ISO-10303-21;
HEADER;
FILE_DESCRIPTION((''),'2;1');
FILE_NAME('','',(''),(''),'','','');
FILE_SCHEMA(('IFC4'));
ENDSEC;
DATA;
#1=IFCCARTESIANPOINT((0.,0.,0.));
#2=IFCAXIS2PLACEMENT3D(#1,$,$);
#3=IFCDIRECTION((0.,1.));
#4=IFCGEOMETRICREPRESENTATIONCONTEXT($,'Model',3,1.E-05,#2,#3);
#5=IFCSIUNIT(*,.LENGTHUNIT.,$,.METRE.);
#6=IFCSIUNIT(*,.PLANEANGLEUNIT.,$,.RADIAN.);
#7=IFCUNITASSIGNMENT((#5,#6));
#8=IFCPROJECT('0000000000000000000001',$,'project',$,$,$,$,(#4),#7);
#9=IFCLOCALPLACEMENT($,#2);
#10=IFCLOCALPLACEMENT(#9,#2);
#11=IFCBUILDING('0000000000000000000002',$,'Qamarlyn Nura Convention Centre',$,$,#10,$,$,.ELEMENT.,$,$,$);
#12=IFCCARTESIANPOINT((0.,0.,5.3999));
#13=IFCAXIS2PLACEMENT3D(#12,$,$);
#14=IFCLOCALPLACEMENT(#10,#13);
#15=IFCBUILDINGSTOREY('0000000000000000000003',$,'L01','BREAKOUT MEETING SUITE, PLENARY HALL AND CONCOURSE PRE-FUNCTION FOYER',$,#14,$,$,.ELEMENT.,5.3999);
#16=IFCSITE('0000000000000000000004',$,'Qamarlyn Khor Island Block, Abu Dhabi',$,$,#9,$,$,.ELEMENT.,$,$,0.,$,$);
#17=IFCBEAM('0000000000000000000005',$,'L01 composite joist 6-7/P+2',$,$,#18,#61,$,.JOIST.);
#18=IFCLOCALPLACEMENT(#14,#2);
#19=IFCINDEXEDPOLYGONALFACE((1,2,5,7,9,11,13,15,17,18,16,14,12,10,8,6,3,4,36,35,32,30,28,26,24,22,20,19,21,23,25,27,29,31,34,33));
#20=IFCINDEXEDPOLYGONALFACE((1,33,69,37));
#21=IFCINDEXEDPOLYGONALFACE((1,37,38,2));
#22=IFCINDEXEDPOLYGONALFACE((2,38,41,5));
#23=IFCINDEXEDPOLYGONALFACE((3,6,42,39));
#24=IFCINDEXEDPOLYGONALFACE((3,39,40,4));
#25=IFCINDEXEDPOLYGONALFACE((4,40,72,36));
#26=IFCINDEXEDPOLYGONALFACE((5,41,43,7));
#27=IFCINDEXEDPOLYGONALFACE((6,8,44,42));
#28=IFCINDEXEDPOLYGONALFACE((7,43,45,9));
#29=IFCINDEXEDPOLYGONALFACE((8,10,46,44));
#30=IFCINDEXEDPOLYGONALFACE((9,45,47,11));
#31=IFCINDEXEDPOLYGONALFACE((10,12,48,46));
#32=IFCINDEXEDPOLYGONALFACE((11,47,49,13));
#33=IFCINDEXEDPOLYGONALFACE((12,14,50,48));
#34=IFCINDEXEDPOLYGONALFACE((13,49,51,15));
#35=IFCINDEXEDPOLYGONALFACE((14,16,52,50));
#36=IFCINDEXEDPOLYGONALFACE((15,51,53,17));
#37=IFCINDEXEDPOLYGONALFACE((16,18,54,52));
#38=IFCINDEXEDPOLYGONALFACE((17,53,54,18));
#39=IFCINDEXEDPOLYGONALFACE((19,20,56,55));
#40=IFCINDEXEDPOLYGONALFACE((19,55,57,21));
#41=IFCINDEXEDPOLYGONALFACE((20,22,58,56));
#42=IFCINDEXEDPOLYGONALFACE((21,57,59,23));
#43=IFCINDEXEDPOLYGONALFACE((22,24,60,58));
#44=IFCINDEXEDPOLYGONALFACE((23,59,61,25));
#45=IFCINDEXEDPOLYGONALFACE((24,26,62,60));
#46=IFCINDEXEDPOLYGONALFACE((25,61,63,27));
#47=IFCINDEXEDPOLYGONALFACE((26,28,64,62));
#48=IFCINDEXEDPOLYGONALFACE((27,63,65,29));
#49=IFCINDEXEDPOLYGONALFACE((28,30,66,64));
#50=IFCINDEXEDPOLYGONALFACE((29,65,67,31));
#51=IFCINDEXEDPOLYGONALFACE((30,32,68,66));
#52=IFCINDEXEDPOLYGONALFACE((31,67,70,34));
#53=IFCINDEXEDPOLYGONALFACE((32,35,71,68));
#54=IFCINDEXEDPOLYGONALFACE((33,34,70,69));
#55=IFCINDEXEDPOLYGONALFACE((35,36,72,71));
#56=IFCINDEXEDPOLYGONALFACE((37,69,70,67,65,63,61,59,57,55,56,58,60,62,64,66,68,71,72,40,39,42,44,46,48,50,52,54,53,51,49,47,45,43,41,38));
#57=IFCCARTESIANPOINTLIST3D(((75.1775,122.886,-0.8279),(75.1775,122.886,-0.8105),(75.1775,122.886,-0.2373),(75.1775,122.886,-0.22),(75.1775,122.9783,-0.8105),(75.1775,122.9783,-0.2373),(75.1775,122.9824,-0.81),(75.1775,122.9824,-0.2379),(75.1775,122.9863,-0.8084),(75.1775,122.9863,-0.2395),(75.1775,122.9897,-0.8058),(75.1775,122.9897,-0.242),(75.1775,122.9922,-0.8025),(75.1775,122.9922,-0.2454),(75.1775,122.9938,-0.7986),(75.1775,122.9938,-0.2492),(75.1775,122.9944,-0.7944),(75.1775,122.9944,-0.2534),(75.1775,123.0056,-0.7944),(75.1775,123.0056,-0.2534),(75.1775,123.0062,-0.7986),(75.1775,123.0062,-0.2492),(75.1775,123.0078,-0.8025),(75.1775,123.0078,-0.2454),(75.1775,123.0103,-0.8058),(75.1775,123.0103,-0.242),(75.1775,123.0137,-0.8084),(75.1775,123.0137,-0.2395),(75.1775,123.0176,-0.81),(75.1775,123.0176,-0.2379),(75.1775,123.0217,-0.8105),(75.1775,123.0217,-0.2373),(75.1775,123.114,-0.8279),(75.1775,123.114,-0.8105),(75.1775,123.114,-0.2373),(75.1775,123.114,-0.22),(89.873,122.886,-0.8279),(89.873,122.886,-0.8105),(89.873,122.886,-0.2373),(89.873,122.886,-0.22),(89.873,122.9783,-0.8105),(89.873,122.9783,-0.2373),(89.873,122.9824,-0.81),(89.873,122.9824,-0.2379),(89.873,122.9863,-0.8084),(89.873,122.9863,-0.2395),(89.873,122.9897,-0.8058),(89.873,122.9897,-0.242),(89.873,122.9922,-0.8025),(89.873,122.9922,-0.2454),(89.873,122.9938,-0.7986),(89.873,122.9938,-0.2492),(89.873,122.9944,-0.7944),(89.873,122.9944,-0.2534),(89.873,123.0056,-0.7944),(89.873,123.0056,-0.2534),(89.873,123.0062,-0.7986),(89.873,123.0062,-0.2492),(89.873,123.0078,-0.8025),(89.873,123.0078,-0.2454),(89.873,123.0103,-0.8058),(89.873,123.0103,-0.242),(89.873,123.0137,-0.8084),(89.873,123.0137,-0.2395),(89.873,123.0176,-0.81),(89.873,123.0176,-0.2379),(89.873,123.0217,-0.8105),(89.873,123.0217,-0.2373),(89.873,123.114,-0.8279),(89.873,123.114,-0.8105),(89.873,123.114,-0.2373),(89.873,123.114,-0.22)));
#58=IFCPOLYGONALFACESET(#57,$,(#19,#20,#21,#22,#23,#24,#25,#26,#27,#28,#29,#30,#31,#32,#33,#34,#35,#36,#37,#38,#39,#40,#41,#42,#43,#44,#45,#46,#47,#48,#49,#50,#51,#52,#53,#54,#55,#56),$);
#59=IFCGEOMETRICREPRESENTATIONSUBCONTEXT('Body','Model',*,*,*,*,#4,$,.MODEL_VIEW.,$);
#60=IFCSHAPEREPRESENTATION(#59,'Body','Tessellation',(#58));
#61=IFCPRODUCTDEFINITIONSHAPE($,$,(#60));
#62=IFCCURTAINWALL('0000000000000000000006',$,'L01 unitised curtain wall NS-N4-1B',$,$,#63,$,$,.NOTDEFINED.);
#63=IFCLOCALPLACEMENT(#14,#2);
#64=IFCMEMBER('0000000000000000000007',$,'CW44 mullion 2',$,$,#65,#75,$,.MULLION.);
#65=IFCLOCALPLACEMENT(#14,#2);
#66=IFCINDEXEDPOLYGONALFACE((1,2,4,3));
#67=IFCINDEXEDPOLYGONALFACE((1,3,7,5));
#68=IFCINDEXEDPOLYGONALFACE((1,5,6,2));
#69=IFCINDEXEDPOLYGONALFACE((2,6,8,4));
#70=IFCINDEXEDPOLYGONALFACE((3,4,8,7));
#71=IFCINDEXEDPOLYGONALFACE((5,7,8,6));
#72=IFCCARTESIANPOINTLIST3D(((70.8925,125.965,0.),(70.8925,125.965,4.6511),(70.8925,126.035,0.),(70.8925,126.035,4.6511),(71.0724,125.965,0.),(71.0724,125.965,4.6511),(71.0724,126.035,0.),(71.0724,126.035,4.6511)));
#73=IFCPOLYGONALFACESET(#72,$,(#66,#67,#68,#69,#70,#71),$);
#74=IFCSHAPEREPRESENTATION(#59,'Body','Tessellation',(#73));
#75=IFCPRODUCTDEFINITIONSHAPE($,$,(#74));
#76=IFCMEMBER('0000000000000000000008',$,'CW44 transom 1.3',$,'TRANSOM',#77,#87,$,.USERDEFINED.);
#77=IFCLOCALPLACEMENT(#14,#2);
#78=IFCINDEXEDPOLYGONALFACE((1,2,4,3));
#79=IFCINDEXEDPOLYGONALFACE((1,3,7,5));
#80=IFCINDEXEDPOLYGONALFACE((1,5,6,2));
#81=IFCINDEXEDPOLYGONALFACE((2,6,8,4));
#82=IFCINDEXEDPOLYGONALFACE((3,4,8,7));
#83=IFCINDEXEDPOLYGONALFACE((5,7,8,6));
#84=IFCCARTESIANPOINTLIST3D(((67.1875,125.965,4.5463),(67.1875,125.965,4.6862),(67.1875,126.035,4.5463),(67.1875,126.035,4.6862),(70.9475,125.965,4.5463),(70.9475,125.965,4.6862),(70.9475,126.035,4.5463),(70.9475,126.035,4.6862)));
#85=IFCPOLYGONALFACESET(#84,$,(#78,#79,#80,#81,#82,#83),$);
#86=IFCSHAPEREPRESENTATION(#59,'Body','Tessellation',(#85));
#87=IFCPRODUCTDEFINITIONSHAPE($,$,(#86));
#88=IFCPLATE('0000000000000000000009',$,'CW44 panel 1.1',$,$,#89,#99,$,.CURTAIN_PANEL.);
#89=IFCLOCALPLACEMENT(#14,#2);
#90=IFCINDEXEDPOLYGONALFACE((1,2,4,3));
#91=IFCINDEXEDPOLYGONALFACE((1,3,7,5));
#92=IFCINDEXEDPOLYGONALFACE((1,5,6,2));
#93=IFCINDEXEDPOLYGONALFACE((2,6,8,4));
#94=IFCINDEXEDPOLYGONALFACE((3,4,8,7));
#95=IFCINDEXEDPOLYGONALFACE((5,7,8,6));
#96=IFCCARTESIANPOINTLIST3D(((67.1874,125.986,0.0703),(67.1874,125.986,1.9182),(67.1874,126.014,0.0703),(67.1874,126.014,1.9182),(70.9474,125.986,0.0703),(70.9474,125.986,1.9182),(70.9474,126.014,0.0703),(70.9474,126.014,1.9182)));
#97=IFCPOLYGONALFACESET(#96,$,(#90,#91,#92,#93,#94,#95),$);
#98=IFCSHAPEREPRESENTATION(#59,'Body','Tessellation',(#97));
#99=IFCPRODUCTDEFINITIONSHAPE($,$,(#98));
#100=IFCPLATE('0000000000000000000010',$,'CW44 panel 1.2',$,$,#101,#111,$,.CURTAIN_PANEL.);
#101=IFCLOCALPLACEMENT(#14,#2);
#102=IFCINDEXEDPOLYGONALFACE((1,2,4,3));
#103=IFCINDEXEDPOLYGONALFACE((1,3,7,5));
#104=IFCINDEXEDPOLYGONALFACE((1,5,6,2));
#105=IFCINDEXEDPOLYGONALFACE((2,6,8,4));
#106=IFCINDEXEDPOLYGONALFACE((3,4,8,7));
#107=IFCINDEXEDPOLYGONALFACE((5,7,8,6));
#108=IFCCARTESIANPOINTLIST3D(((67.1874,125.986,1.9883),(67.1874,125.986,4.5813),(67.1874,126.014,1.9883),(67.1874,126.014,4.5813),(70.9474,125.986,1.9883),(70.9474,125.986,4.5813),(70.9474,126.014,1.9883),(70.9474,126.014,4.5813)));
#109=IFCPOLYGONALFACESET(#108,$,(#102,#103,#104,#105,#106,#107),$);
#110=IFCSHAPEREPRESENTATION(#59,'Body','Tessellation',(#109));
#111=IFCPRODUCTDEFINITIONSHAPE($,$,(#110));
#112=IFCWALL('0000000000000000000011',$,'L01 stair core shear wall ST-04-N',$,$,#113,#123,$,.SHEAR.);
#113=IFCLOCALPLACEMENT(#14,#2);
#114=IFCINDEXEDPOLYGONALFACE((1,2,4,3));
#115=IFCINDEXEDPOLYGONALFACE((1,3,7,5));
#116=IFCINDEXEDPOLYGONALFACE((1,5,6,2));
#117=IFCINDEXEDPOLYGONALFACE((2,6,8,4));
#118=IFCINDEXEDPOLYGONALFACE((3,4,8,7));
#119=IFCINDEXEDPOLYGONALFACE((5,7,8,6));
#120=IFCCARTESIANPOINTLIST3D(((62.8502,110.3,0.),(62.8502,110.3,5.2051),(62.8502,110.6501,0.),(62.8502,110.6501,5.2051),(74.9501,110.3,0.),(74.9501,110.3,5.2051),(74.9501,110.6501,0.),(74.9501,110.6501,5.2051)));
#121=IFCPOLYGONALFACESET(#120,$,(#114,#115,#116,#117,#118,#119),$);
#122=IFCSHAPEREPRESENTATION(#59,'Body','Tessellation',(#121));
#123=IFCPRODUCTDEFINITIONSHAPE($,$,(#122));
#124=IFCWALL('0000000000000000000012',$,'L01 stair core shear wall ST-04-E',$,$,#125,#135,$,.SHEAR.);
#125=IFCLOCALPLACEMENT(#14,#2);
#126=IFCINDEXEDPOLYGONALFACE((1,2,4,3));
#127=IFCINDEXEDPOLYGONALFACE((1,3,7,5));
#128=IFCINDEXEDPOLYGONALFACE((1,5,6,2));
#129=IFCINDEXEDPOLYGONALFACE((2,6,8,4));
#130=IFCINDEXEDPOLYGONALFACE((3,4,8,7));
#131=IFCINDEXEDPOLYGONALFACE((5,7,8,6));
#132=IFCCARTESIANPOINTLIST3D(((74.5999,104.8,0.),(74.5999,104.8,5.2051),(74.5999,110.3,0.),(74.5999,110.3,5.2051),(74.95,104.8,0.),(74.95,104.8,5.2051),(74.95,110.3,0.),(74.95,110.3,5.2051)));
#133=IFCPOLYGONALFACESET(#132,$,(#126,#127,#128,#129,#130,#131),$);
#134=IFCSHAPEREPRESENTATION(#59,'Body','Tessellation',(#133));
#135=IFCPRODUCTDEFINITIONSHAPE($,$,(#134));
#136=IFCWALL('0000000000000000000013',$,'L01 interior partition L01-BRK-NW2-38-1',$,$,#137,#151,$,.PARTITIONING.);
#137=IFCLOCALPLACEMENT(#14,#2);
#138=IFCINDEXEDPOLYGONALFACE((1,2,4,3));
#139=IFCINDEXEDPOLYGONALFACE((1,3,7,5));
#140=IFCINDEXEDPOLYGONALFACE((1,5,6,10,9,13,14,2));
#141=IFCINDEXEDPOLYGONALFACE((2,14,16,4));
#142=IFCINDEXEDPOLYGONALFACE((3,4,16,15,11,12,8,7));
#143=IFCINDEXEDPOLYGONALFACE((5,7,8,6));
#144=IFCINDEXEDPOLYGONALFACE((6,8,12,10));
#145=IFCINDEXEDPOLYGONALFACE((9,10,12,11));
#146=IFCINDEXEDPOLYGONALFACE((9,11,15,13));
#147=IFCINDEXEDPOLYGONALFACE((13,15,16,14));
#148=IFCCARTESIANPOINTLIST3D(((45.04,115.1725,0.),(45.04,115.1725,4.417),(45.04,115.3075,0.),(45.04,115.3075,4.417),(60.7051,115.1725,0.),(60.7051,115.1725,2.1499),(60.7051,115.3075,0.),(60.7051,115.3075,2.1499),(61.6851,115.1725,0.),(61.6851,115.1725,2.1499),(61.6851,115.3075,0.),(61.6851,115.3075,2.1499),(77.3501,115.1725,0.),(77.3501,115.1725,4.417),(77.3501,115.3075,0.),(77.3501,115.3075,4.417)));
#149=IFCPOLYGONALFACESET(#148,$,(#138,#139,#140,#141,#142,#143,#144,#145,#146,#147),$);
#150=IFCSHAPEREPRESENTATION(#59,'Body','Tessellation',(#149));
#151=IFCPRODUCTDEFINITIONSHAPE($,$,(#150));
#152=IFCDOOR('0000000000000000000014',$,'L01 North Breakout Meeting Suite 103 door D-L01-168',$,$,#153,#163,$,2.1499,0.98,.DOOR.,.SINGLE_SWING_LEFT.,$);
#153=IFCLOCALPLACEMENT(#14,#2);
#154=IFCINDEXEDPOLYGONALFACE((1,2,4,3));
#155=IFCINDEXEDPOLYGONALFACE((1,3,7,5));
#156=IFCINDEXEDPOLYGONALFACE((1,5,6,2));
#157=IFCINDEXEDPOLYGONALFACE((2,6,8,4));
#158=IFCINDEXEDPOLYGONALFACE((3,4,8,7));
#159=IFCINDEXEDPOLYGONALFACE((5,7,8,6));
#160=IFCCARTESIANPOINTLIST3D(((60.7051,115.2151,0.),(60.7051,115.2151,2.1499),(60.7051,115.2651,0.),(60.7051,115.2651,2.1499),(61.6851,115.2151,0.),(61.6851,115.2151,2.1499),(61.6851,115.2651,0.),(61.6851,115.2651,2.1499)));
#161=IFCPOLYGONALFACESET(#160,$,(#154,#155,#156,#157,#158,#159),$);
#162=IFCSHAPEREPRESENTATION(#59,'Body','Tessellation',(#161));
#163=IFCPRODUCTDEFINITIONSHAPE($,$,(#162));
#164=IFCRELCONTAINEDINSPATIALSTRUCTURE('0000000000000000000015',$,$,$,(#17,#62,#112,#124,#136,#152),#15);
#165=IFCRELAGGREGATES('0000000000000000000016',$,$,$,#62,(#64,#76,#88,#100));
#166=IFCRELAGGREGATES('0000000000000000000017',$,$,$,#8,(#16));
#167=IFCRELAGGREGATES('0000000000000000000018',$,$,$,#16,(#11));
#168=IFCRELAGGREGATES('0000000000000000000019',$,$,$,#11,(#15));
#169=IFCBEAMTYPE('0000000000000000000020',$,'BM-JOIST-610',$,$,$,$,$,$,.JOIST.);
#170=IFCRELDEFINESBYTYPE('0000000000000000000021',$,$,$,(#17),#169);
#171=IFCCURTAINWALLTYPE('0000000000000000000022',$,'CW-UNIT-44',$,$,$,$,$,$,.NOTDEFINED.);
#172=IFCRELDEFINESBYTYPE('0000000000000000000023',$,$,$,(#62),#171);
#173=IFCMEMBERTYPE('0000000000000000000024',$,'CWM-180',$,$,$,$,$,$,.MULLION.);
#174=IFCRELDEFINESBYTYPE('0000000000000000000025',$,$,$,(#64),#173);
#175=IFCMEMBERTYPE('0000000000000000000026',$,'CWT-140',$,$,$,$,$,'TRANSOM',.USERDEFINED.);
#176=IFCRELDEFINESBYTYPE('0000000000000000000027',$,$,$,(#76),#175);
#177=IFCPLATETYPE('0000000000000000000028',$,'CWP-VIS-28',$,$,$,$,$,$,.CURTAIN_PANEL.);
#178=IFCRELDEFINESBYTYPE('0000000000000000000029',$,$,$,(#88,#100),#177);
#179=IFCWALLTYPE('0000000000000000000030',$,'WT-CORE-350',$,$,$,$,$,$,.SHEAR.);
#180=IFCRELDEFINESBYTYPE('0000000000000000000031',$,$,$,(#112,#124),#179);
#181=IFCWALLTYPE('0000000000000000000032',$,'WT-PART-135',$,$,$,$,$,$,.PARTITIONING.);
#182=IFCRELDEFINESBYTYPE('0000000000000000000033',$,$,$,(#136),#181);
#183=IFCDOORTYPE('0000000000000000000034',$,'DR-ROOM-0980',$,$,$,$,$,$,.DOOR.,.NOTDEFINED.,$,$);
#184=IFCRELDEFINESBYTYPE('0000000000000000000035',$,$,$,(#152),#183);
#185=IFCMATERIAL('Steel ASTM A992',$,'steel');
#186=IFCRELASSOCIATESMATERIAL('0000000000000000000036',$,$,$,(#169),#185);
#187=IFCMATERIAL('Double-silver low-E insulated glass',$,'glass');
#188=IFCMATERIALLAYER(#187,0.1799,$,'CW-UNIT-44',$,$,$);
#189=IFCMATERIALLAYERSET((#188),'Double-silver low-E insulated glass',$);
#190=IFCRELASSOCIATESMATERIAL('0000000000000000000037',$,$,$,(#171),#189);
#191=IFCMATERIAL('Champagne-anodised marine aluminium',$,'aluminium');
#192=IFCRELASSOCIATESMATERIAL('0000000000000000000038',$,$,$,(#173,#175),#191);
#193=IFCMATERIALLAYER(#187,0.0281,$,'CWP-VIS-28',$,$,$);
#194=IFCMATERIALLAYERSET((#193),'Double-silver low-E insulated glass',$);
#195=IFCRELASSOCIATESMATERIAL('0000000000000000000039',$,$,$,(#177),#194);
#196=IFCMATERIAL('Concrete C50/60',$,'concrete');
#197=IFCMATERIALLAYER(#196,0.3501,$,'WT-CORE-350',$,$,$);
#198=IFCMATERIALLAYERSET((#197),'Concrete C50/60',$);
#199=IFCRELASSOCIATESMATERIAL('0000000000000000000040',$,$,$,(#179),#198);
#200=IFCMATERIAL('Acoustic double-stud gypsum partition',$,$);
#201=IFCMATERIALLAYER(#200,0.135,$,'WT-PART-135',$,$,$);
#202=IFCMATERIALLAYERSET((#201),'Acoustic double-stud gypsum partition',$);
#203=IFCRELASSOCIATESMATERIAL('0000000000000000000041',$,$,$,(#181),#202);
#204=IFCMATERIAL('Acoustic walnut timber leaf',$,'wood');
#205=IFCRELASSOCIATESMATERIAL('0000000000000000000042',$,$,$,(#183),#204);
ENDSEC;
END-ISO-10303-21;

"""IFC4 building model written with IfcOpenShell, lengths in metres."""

from ifc_helpers import new_model, si_unit, direction, frame, frame_2d, origin, origin_2d, place, context, subcontext, project, spatial, rectangle, i_section, extrude, material, layer, layer_set, material_profile, profile_set, type_object, element, fill, aggregate, save


model = new_model("IFC4")

# Units and contexts
model_context = context("Model", 3, precision=1e-05, world=origin(), true_north=direction((0.0, 1.0)))
body_context = subcontext(model_context, "Body", "Model", "MODEL_VIEW")
ifc_project = project(units=[si_unit("LENGTHUNIT", "METRE"), si_unit("PLANEANGLEUNIT", "RADIAN")], contexts=[model_context])

# Site, building, storey
site_placement = place(None, origin())
site = spatial("IfcSite", under=ifc_project, at=site_placement, Name="Qamarlyn Khor Island Block, Abu Dhabi", CompositionType="ELEMENT", RefElevation=0.0)
building_placement = place(site_placement, origin())
building = spatial("IfcBuilding", under=site, at=building_placement, Name="Qamarlyn Nura Convention Centre", CompositionType="ELEMENT")
storey_placement = place(building_placement, frame((0.0, 0.0, 5.3999)))
storey = spatial("IfcBuildingStorey", under=building, at=storey_placement, Name="L01", Description="BREAKOUT MEETING SUITE, PLENARY HALL AND CONCOURSE PRE-FUNCTION FOYER", CompositionType="ELEMENT", Elevation=5.3999)

# Shared definitions
ifc_material_1 = material(Name="Concrete C50/60", Category="concrete")
ifc_material_2 = material(Name="Steel ASTM A992", Category="steel")

# Beam
ifc_material_profile_1 = material_profile(ifc_material_2, i_section(OverallWidth=0.228, OverallDepth=0.6079, WebThickness=0.0112, FlangeThickness=0.0173, FilletRadius=0.0161, at=origin_2d()), Name="W610X113")
ifc_profile_set_1 = profile_set([ifc_material_profile_1], Name="Steel ASTM A992")
beam_type_1 = type_object("IfcBeamType", Name="BM-JOIST-610", PredefinedType="JOIST", material=ifc_profile_set_1)
for number, where, z_axis, x_axis, name in (
    (1, (75.1775, 123.0, -0.5239), (1.0, 0.0, 0.0), (0.0, 1.0, 0.0), "L01 composite joist 6-7/P+2"),
):
    element("IfcBeam", number, at=place(storey_placement, frame(where, z_axis=z_axis, x_axis=x_axis)), inside=storey, type_object=beam_type_1, Name=name, PredefinedType="JOIST", context=body_context, shape_type="SweptSolid", body=[
        extrude(i_section(OverallWidth=0.228, OverallDepth=0.6079, WebThickness=0.0112, FlangeThickness=0.0173, FilletRadius=0.0161, at=origin_2d()), origin(), (0.0, 0.0, 1.0), 14.6956),
    ])

# Curtain wall, members, plates
ifc_material_3 = material(Name="Double-silver low-E insulated glass", Category="glass")
ifc_layer_1 = layer(ifc_material_3, 0.1799, Name="CW-UNIT-44")
ifc_layer_set_1 = layer_set([ifc_layer_1], Name="Double-silver low-E insulated glass")
curtain_wall_type = type_object("IfcCurtainWallType", Name="CW-UNIT-44", PredefinedType="NOTDEFINED", material=ifc_layer_set_1)
curtain_wall_placement = place(storey_placement, origin())
curtain_wall = element("IfcCurtainWall", 2, at=curtain_wall_placement, inside=storey, type_object=curtain_wall_type, Name="L01 unitised curtain wall NS-N4-1B", PredefinedType="NOTDEFINED")
ifc_material_4 = material(Name="Champagne-anodised marine aluminium", Category="aluminium")
ifc_material_profile_2 = material_profile(ifc_material_4, rectangle(XDim=0.0701, YDim=0.1799, at=origin_2d()), Name="ALU MULLION 70x180")
ifc_profile_set_2 = profile_set([ifc_material_profile_2], Name="Champagne-anodised marine aluminium")
member_type_1 = type_object("IfcMemberType", Name="CWM-180", PredefinedType="MULLION", material=ifc_profile_set_2)
member_1_placement = place(storey_placement, frame((70.9824, 126.0, 0.0), z_axis=(0.0, 0.0, 1.0), x_axis=(0.0, 1.0, 0.0)))
member_1 = element("IfcMember", 3, at=member_1_placement, type_object=member_type_1, Name="CW44 mullion 2", PredefinedType="MULLION", context=body_context, shape_type="SweptSolid", body=[
    extrude(rectangle(XDim=0.0701, YDim=0.1799, at=origin_2d()), origin(), (0.0, 0.0, 1.0), 4.6511),
])
ifc_material_profile_3 = material_profile(ifc_material_4, rectangle(XDim=0.0701, YDim=0.1399, at=origin_2d()), Name="ALU TRANSOM 70x140")
ifc_profile_set_3 = profile_set([ifc_material_profile_3], Name="Champagne-anodised marine aluminium")
member_type_2 = type_object("IfcMemberType", Name="CWT-140", ElementType="TRANSOM", PredefinedType="USERDEFINED", material=ifc_profile_set_3)
member_2_placement = place(storey_placement, frame((67.1875, 126.0, 4.6162), z_axis=(1.0, 0.0, 0.0), x_axis=(0.0, 1.0, 0.0)))
member_2 = element("IfcMember", 4, at=member_2_placement, type_object=member_type_2, Name="CW44 transom 1.3", ObjectType="TRANSOM", PredefinedType="USERDEFINED", context=body_context, shape_type="SweptSolid", body=[
    extrude(rectangle(XDim=0.0701, YDim=0.1399, at=origin_2d()), origin(), (0.0, 0.0, 1.0), 3.76),
])
ifc_layer_2 = layer(ifc_material_3, 0.0281, Name="CWP-VIS-28")
ifc_layer_set_2 = layer_set([ifc_layer_2], Name="Double-silver low-E insulated glass")
plate_type = type_object("IfcPlateType", Name="CWP-VIS-28", PredefinedType="CURTAIN_PANEL", material=ifc_layer_set_2)
plate_1_placement = place(storey_placement, frame((69.0674, 126.0, 0.0703), z_axis=(0.0, 0.0, 1.0), x_axis=(1.0, 0.0, 0.0)))
plate_1 = element("IfcPlate", 5, at=plate_1_placement, type_object=plate_type, Name="CW44 panel 1.1", PredefinedType="CURTAIN_PANEL", context=body_context, shape_type="SweptSolid", body=[
    extrude(rectangle(XDim=3.76, YDim=0.0281, at=origin_2d()), origin(), (0.0, 0.0, 1.0), 1.8479),
])
plate_2_placement = place(storey_placement, frame((69.0674, 126.0, 1.9883), z_axis=(0.0, 0.0, 1.0), x_axis=(1.0, 0.0, 0.0)))
plate_2 = element("IfcPlate", 6, at=plate_2_placement, type_object=plate_type, Name="CW44 panel 1.2", PredefinedType="CURTAIN_PANEL", context=body_context, shape_type="SweptSolid", body=[
    extrude(rectangle(XDim=3.76, YDim=0.0281, at=origin_2d()), origin(), (0.0, 0.0, 1.0), 2.593),
])
aggregate(curtain_wall, [member_1, member_2, plate_1, plate_2])

# Walls
ifc_layer_3 = layer(ifc_material_1, 0.3501, Name="WT-CORE-350")
ifc_layer_set_3 = layer_set([ifc_layer_3], Name="Concrete C50/60")
wall_type_1 = type_object("IfcWallType", Name="WT-CORE-350", PredefinedType="SHEAR", material=ifc_layer_set_3)
wall_1_placement = place(storey_placement, frame((74.95, 110.4751, 0.0), z_axis=(0.0, 0.0, 1.0), x_axis=(-1.0, 0.0, 0.0)))
element("IfcWall", 7, at=wall_1_placement, inside=storey, type_object=wall_type_1, Name="L01 stair core shear wall ST-04-N", PredefinedType="SHEAR", context=body_context, shape_type="SweptSolid", body=[
    extrude(rectangle(XDim=12.0999, YDim=0.3501, at=frame_2d((6.0498, 0.0))), origin(), (0.0, 0.0, 1.0), 5.2051),
])
wall_2_placement = place(storey_placement, frame((74.7749, 104.8, 0.0), z_axis=(0.0, 0.0, 1.0), x_axis=(0.0, 1.0, 0.0)))
element("IfcWall", 8, at=wall_2_placement, inside=storey, type_object=wall_type_1, Name="L01 stair core shear wall ST-04-E", PredefinedType="SHEAR", context=body_context, shape_type="SweptSolid", body=[
    extrude(rectangle(XDim=5.5, YDim=0.3501, at=frame_2d((2.75, 0.0))), origin(), (0.0, 0.0, 1.0), 5.2051),
])

# Wall, opening, door
ifc_material_5 = material(Name="Acoustic double-stud gypsum partition")
ifc_layer_4 = layer(ifc_material_5, 0.135, Name="WT-PART-135")
ifc_layer_set_4 = layer_set([ifc_layer_4], Name="Acoustic double-stud gypsum partition")
wall_type_2 = type_object("IfcWallType", Name="WT-PART-135", PredefinedType="PARTITIONING", material=ifc_layer_set_4)
wall_3_placement = place(storey_placement, frame((77.3501, 115.24, 0.0), z_axis=(0.0, 0.0, 1.0), x_axis=(-1.0, 0.0, 0.0)))
wall_3 = element("IfcWall", 9, at=wall_3_placement, inside=storey, type_object=wall_type_2, Name="L01 interior partition L01-BRK-NW2-38-1", PredefinedType="PARTITIONING", context=body_context, shape_type="SweptSolid", body=[
    extrude(rectangle(XDim=32.3101, YDim=0.135, at=frame_2d((16.155, 0.0))), origin(), (0.0, 0.0, 1.0), 4.417),
])
opening_1_placement = place(wall_3_placement, frame((15.665, 0.0, 0.0)))
opening_1 = element("IfcOpeningElement", 10, at=opening_1_placement, cuts=wall_3, PredefinedType="OPENING", context=body_context, shape_type="SweptSolid", body=[
    extrude(rectangle(XDim=0.98, YDim=2.1499, at=frame_2d((0.49, 1.075))), frame((0.0, 0.0776, 0.0), z_axis=(0.0, -1.0, 0.0), x_axis=(1.0, 0.0, 0.0)), (0.0, 0.0, 1.0), 0.155),
])
ifc_material_6 = material(Name="Acoustic walnut timber leaf", Category="wood")
door_type_1 = type_object("IfcDoorType", Name="DR-ROOM-0980", OperationType="NOTDEFINED", PredefinedType="DOOR", material=ifc_material_6)
door_1_placement = place(opening_1_placement, origin())
door_1 = element("IfcDoor", 11, at=door_1_placement, inside=storey, type_object=door_type_1, Name="L01 North Breakout Meeting Suite 103 door D-L01-168", OperationType="SINGLE_SWING_LEFT", OverallHeight=2.1499, OverallWidth=0.98, PredefinedType="DOOR", context=body_context, shape_type="SweptSolid", body=[
    extrude(rectangle(XDim=0.98, YDim=2.1499, at=frame_2d((0.49, 1.075))), frame((0.0, 0.0249, 0.0), z_axis=(0.0, -1.0, 0.0), x_axis=(1.0, 0.0, 0.0)), (0.0, 0.0, 1.0), 0.05),
])
fill(opening_1, door_1)

save(model, "model.ifc")
